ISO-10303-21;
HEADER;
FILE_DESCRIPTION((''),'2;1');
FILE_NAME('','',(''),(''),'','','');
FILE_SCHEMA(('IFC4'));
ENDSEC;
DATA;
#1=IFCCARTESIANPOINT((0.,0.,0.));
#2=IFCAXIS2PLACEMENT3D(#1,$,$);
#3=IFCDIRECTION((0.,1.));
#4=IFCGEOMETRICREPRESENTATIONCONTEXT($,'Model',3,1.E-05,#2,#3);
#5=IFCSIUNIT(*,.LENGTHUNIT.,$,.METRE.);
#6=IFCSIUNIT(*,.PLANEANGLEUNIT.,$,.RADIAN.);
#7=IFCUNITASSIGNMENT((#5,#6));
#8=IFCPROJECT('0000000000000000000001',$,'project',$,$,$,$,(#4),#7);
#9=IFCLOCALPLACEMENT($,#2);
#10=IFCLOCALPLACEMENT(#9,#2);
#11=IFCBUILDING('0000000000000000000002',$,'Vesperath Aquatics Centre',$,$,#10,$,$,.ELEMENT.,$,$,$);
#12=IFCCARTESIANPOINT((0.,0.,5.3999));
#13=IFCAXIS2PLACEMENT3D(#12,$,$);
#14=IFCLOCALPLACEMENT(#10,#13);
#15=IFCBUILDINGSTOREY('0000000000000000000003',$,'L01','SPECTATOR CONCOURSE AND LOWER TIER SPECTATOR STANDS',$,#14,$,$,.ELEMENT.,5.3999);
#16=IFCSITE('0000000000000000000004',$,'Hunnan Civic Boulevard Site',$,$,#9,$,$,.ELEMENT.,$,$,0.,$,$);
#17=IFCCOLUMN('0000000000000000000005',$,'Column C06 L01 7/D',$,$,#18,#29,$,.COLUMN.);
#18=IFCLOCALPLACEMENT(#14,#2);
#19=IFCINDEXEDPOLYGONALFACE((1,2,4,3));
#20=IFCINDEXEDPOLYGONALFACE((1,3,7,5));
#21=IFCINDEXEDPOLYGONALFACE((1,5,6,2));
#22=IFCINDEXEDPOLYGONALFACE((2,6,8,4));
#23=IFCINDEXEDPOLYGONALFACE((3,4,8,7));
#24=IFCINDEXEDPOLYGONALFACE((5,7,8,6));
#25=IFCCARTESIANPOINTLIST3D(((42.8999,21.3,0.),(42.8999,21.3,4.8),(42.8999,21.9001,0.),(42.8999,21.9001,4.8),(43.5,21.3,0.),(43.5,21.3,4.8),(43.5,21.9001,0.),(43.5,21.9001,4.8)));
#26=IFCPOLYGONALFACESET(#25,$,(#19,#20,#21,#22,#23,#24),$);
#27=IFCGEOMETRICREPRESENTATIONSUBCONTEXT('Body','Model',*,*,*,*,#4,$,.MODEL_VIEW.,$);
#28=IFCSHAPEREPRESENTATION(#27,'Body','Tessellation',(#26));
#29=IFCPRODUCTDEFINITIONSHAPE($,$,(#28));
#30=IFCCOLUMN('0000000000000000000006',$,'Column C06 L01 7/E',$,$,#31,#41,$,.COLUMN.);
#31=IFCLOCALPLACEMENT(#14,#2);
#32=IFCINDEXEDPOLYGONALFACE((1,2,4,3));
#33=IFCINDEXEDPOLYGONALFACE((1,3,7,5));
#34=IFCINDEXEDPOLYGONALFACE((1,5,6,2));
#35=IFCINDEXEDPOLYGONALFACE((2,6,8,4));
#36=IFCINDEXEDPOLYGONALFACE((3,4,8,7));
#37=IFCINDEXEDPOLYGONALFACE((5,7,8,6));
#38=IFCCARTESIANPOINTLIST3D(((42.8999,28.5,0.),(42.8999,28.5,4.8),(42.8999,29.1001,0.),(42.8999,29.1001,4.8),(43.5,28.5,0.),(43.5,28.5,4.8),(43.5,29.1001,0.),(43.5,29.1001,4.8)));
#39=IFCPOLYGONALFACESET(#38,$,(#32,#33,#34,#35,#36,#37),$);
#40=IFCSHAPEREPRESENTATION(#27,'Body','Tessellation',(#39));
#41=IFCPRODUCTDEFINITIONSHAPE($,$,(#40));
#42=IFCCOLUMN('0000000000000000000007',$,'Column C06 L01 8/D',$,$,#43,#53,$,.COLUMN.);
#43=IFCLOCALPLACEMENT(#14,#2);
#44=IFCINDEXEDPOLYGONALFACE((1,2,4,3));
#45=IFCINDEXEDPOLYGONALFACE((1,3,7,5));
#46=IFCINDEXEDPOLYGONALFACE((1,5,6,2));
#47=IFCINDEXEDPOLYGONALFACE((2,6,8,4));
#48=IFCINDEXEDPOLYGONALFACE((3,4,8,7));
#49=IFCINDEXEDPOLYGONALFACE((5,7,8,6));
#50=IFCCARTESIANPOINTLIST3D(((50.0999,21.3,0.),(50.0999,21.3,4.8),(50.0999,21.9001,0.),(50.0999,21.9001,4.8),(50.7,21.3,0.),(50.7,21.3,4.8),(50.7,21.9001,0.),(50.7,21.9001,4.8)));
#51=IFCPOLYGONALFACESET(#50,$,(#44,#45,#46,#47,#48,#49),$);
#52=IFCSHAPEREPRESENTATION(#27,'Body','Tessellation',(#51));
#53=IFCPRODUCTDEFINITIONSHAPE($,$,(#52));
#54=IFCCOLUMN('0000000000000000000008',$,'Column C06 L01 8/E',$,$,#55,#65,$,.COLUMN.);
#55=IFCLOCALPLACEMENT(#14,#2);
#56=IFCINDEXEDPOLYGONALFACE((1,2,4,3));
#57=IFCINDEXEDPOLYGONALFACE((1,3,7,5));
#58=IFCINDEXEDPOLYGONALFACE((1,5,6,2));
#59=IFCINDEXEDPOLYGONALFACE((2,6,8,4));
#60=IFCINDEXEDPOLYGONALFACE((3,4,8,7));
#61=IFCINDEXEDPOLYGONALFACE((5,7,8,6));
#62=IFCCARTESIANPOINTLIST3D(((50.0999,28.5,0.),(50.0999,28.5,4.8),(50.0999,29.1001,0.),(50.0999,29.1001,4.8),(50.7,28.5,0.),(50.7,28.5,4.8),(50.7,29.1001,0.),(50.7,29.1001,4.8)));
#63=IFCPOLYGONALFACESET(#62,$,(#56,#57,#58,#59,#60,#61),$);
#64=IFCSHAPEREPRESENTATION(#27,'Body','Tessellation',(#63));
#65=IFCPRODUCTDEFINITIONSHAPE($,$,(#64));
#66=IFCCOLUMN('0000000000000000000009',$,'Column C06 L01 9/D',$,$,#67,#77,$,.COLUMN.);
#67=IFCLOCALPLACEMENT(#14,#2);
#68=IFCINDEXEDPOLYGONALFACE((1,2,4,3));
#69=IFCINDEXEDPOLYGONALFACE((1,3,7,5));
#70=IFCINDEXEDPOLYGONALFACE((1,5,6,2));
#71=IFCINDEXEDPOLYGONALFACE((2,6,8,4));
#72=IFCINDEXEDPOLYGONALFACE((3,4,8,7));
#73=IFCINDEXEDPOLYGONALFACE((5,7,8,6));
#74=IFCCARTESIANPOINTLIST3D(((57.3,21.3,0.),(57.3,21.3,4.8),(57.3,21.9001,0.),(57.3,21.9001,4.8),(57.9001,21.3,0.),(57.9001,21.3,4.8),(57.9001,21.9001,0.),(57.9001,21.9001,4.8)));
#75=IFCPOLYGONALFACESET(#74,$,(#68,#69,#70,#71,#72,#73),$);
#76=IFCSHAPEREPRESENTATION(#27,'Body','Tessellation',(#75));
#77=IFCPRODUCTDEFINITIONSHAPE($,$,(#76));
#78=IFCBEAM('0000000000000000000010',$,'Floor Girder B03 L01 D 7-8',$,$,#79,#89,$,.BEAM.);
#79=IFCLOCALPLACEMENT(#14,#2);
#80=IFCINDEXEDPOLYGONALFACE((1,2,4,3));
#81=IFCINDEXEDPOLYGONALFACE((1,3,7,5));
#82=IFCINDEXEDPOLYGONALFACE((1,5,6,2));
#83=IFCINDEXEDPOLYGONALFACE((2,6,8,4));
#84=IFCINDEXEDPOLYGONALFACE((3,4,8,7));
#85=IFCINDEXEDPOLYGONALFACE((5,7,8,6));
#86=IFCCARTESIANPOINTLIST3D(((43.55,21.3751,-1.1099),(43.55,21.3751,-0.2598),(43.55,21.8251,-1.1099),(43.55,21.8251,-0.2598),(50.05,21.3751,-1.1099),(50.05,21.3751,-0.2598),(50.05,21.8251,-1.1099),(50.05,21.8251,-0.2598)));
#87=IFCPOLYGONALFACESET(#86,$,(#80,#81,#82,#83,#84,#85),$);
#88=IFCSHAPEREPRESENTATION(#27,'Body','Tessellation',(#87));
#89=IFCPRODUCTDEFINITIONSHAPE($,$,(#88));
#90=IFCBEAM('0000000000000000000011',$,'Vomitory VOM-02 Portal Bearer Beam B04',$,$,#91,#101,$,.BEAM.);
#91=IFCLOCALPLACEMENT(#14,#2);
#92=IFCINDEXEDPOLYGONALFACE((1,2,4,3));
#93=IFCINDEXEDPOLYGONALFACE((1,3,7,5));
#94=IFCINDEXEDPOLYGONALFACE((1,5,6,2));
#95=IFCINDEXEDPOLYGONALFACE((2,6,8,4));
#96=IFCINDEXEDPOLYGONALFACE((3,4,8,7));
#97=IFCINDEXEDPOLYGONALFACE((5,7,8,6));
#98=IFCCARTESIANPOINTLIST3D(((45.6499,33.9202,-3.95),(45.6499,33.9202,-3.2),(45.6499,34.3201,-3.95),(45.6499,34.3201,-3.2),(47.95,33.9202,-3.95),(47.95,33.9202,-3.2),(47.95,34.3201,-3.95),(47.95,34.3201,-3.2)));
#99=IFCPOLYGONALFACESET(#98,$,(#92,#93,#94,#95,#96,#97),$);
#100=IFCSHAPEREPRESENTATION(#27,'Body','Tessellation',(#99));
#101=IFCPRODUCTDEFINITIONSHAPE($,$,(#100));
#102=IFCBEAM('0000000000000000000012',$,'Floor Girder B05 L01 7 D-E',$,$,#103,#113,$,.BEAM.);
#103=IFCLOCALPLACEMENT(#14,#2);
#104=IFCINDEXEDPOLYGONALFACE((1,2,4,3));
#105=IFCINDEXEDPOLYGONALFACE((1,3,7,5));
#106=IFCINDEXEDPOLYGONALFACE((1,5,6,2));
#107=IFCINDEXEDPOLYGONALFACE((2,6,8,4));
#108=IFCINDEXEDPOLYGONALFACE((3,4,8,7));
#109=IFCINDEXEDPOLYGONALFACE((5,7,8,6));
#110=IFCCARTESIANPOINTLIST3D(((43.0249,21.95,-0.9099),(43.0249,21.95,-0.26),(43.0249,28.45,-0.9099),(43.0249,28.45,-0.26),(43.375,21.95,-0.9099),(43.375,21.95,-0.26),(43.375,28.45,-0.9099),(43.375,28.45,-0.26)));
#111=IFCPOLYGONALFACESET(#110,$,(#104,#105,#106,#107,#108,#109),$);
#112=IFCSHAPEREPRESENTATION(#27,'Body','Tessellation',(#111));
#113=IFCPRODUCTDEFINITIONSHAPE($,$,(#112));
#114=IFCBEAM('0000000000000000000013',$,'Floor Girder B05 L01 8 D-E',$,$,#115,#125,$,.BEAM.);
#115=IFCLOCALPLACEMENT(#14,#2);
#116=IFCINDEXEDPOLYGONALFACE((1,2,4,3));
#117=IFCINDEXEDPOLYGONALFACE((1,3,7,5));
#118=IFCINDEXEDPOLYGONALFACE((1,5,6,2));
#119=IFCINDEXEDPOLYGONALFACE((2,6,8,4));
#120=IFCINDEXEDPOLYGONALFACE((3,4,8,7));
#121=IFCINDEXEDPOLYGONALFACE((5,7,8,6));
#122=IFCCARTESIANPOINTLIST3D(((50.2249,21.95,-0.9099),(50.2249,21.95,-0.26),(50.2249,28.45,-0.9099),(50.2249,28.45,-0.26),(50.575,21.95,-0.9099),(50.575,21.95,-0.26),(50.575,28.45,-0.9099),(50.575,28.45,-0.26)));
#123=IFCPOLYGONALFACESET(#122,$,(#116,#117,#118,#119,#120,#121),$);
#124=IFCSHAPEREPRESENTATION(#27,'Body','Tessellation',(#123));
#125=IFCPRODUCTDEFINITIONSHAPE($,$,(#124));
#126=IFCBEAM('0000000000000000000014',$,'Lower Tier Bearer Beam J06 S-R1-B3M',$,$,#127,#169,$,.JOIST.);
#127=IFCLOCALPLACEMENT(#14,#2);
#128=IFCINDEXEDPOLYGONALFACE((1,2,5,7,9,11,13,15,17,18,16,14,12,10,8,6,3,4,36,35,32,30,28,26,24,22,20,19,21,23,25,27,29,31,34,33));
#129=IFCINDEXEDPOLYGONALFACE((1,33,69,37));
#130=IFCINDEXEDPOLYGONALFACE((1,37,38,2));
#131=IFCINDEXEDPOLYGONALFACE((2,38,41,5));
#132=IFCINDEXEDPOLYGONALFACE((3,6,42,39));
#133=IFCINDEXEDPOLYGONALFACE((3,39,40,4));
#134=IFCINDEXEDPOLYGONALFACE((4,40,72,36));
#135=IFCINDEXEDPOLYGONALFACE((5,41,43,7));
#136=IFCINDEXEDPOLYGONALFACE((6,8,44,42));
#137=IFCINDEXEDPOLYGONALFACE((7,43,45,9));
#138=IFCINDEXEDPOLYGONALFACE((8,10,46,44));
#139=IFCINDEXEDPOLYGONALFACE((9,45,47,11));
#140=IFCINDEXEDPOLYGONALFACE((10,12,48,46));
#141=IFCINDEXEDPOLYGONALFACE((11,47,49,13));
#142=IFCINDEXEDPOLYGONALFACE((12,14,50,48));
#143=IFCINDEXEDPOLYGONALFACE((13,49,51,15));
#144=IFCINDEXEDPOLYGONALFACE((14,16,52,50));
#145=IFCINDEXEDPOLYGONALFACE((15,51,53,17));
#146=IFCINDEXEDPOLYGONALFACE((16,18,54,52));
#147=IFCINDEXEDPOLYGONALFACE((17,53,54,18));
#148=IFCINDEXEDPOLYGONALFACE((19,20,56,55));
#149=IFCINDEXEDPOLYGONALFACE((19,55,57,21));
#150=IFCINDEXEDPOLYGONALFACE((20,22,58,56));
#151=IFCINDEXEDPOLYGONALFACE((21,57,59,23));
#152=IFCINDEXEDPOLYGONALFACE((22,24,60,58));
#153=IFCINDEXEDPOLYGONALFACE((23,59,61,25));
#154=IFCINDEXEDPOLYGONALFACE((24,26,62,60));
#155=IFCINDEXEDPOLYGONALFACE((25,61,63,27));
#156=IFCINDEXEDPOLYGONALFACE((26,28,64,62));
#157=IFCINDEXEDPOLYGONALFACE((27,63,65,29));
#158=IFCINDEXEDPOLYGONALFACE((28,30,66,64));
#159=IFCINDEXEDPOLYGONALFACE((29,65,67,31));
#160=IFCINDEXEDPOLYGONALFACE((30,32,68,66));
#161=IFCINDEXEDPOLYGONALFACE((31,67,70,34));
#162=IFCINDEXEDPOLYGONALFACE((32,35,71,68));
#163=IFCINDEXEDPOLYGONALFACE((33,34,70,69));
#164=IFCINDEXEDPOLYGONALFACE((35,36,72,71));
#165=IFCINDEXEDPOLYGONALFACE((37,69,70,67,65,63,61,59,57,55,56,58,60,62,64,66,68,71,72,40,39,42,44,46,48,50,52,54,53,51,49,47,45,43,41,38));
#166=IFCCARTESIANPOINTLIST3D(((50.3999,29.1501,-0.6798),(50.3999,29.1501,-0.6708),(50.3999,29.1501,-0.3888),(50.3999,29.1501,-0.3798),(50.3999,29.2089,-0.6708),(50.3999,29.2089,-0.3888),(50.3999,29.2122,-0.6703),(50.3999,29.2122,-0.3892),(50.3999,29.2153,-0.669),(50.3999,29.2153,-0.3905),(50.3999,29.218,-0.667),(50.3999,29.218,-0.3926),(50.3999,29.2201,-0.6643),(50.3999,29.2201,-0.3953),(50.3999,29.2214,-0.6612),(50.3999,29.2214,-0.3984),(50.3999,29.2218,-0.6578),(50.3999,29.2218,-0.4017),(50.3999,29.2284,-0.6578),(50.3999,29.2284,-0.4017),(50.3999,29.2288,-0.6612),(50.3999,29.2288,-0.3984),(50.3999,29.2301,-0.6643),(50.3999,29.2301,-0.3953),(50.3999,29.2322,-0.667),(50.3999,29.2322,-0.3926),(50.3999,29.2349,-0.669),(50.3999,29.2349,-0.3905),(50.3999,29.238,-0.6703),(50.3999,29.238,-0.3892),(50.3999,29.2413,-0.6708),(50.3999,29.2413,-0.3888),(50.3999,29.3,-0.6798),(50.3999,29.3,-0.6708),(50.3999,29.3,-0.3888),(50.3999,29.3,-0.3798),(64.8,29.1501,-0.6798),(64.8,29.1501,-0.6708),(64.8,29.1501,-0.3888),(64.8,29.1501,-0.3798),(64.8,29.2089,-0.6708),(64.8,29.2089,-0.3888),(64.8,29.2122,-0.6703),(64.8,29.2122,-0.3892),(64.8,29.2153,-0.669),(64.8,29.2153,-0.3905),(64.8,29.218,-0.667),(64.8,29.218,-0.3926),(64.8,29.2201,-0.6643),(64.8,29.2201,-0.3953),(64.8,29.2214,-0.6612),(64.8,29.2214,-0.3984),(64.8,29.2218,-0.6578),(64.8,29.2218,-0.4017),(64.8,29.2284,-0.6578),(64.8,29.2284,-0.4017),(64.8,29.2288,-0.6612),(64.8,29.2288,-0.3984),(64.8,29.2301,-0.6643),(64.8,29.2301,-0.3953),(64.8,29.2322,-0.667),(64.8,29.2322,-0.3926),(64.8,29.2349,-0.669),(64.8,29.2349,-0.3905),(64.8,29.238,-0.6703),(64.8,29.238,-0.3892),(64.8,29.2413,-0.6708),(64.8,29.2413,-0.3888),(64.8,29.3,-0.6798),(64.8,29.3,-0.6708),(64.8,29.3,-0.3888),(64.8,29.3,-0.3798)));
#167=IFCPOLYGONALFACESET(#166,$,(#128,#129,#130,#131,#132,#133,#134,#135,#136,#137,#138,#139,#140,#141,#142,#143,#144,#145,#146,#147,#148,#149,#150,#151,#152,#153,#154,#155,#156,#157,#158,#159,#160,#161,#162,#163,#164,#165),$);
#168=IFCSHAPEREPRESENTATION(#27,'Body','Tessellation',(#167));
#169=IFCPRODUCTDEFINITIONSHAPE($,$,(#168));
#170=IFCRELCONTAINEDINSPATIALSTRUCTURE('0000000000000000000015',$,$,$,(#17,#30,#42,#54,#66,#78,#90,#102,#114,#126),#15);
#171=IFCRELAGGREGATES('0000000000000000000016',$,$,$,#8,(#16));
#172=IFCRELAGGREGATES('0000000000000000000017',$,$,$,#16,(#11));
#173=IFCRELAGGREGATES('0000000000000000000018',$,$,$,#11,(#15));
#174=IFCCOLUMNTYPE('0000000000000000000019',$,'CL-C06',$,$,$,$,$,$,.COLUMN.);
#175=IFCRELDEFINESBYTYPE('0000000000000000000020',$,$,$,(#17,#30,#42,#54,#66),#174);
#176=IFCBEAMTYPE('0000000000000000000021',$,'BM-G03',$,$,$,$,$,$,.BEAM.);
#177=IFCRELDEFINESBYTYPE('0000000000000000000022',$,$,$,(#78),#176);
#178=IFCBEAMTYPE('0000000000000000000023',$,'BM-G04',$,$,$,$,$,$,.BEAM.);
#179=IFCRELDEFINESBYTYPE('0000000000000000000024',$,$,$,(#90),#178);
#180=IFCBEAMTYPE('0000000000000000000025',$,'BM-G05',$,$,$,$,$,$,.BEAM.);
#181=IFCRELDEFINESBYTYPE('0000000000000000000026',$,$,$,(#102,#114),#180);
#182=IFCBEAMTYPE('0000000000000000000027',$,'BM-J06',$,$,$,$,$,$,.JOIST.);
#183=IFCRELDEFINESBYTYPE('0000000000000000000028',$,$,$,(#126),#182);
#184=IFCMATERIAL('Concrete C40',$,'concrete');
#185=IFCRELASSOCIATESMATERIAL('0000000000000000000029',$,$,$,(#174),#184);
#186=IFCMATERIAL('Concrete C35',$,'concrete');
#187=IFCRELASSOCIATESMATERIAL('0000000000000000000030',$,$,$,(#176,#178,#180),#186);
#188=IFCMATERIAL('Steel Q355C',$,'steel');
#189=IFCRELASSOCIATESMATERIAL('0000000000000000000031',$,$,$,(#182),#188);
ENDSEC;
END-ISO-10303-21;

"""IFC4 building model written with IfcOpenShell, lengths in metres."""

from ifc_helpers import new_model, si_unit, direction, frame, origin, origin_2d, place, context, subcontext, project, spatial, rectangle, i_section, extrude, material, material_profile, profile_set, type_object, element, save


model = new_model("IFC4")

# Units and contexts
model_context = context("Model", 3, precision=1e-05, world=origin(), true_north=direction((0.0, 1.0)))
body_context = subcontext(model_context, "Body", "Model", "MODEL_VIEW")
ifc_project = project(units=[si_unit("LENGTHUNIT", "METRE"), si_unit("PLANEANGLEUNIT", "RADIAN")], contexts=[model_context])

# Site, building, storey
site_placement = place(None, origin())
site = spatial("IfcSite", under=ifc_project, at=site_placement, Name="Hunnan Civic Boulevard Site", CompositionType="ELEMENT", RefElevation=0.0)
building_placement = place(site_placement, origin())
building = spatial("IfcBuilding", under=site, at=building_placement, Name="Vesperath Aquatics Centre", CompositionType="ELEMENT")
storey_placement = place(building_placement, frame((0.0, 0.0, 5.3999)))
storey = spatial("IfcBuildingStorey", under=building, at=storey_placement, Name="L01", Description="SPECTATOR CONCOURSE AND LOWER TIER SPECTATOR STANDS", CompositionType="ELEMENT", Elevation=5.3999)

# Columns
ifc_material_1 = material(Name="Concrete C40", Category="concrete")
ifc_material_profile_1 = material_profile(ifc_material_1, rectangle(XDim=0.6001, YDim=0.6001, at=origin_2d()), Name="RC 600x600")
ifc_profile_set_1 = profile_set([ifc_material_profile_1], Name="Concrete C40")
column_type = type_object("IfcColumnType", Name="CL-C06", PredefinedType="COLUMN", material=ifc_profile_set_1)
for number, where, z_axis, x_axis, name in (
    (1, (43.2, 21.6001, 0.0), (0.0, 0.0, 1.0), (1.0, 0.0, 0.0), "Column C06 L01 7/D"),
    (2, (43.2, 28.8, 0.0), (0.0, 0.0, 1.0), (1.0, 0.0, 0.0), "Column C06 L01 7/E"),
    (3, (50.3999, 21.6001, 0.0), (0.0, 0.0, 1.0), (1.0, 0.0, 0.0), "Column C06 L01 8/D"),
    (4, (50.3999, 28.8, 0.0), (0.0, 0.0, 1.0), (1.0, 0.0, 0.0), "Column C06 L01 8/E"),
    (5, (57.6001, 21.6001, 0.0), (0.0, 0.0, 1.0), (1.0, 0.0, 0.0), "Column C06 L01 9/D"),
):
    element("IfcColumn", number, at=place(storey_placement, frame(where, z_axis=z_axis, x_axis=x_axis)), inside=storey, type_object=column_type, Name=name, PredefinedType="COLUMN", context=body_context, shape_type="SweptSolid", body=[
        extrude(rectangle(XDim=0.6001, YDim=0.6001, at=origin_2d()), origin(), (0.0, 0.0, 1.0), 4.8),
    ])

# Beams
ifc_material_2 = material(Name="Concrete C35", Category="concrete")
ifc_material_profile_2 = material_profile(ifc_material_2, rectangle(XDim=0.45, YDim=0.8501, at=origin_2d()), Name="RC 450x850")
ifc_profile_set_2 = profile_set([ifc_material_profile_2], Name="Concrete C35")
beam_type_1 = type_object("IfcBeamType", Name="BM-G03", PredefinedType="BEAM", material=ifc_profile_set_2)
beam_1_placement = place(storey_placement, frame((43.55, 21.6001, -0.6848), z_axis=(1.0, 0.0, 0.0), x_axis=(0.0, 1.0, 0.0)))
element("IfcBeam", 6, at=beam_1_placement, inside=storey, type_object=beam_type_1, Name="Floor Girder B03 L01 D 7-8", PredefinedType="BEAM", context=body_context, shape_type="SweptSolid", body=[
    extrude(rectangle(XDim=0.45, YDim=0.8501, at=origin_2d()), origin(), (0.0, 0.0, 1.0), 6.5),
])
ifc_material_profile_3 = material_profile(ifc_material_2, rectangle(XDim=0.3999, YDim=0.75, at=origin_2d()), Name="RC 400x750")
ifc_profile_set_3 = profile_set([ifc_material_profile_3], Name="Concrete C35")
beam_type_2 = type_object("IfcBeamType", Name="BM-G04", PredefinedType="BEAM", material=ifc_profile_set_3)
beam_2_placement = place(storey_placement, frame((45.6499, 34.1201, -3.575), z_axis=(1.0, 0.0, 0.0), x_axis=(0.0, 1.0, 0.0)))
element("IfcBeam", 7, at=beam_2_placement, inside=storey, type_object=beam_type_2, Name="Vomitory VOM-02 Portal Bearer Beam B04", PredefinedType="BEAM", context=body_context, shape_type="SweptSolid", body=[
    extrude(rectangle(XDim=0.3999, YDim=0.75, at=origin_2d()), origin(), (0.0, 0.0, 1.0), 2.3),
])
ifc_material_profile_4 = material_profile(ifc_material_2, rectangle(XDim=0.3501, YDim=0.6499, at=origin_2d()), Name="RC 350x650")
ifc_profile_set_4 = profile_set([ifc_material_profile_4], Name="Concrete C35")
beam_type_3 = type_object("IfcBeamType", Name="BM-G05", PredefinedType="BEAM", material=ifc_profile_set_4)
for number, where, z_axis, x_axis, name in (
    (8, (43.2, 21.95, -0.585), (0.0, 1.0, 0.0), (-1.0, 0.0, 0.0), "Floor Girder B05 L01 7 D-E"),
    (9, (50.3999, 21.95, -0.585), (0.0, 1.0, 0.0), (-1.0, 0.0, 0.0), "Floor Girder B05 L01 8 D-E"),
):
    element("IfcBeam", number, at=place(storey_placement, frame(where, z_axis=z_axis, x_axis=x_axis)), inside=storey, type_object=beam_type_3, Name=name, PredefinedType="BEAM", context=body_context, shape_type="SweptSolid", body=[
        extrude(rectangle(XDim=0.3501, YDim=0.6499, at=origin_2d()), origin(), (0.0, 0.0, 1.0), 6.5),
    ])
ifc_material_3 = material(Name="Steel Q355C", Category="steel")
ifc_material_profile_5 = material_profile(ifc_material_3, i_section(OverallWidth=0.1499, OverallDepth=0.3, WebThickness=0.0066, FlangeThickness=0.009, FilletRadius=0.0129, at=origin_2d()), Name="HN 300x150x6.5x9")
ifc_profile_set_5 = profile_set([ifc_material_profile_5], Name="Steel Q355C")
beam_type_4 = type_object("IfcBeamType", Name="BM-J06", PredefinedType="JOIST", material=ifc_profile_set_5)
for number, where, z_axis, x_axis, name in (
    (10, (50.3999, 29.2251, -0.5298), (1.0, 0.0, 0.0), (0.0, 1.0, 0.0), "Lower Tier Bearer Beam J06 S-R1-B3M"),
):
    element("IfcBeam", number, at=place(storey_placement, frame(where, z_axis=z_axis, x_axis=x_axis)), inside=storey, type_object=beam_type_4, Name=name, PredefinedType="JOIST", context=body_context, shape_type="SweptSolid", body=[
        extrude(i_section(OverallWidth=0.1499, OverallDepth=0.3, WebThickness=0.0066, FlangeThickness=0.009, FilletRadius=0.0129, at=origin_2d()), origin(), (0.0, 0.0, 1.0), 14.4001),
    ])

save(model, "model.ifc")
